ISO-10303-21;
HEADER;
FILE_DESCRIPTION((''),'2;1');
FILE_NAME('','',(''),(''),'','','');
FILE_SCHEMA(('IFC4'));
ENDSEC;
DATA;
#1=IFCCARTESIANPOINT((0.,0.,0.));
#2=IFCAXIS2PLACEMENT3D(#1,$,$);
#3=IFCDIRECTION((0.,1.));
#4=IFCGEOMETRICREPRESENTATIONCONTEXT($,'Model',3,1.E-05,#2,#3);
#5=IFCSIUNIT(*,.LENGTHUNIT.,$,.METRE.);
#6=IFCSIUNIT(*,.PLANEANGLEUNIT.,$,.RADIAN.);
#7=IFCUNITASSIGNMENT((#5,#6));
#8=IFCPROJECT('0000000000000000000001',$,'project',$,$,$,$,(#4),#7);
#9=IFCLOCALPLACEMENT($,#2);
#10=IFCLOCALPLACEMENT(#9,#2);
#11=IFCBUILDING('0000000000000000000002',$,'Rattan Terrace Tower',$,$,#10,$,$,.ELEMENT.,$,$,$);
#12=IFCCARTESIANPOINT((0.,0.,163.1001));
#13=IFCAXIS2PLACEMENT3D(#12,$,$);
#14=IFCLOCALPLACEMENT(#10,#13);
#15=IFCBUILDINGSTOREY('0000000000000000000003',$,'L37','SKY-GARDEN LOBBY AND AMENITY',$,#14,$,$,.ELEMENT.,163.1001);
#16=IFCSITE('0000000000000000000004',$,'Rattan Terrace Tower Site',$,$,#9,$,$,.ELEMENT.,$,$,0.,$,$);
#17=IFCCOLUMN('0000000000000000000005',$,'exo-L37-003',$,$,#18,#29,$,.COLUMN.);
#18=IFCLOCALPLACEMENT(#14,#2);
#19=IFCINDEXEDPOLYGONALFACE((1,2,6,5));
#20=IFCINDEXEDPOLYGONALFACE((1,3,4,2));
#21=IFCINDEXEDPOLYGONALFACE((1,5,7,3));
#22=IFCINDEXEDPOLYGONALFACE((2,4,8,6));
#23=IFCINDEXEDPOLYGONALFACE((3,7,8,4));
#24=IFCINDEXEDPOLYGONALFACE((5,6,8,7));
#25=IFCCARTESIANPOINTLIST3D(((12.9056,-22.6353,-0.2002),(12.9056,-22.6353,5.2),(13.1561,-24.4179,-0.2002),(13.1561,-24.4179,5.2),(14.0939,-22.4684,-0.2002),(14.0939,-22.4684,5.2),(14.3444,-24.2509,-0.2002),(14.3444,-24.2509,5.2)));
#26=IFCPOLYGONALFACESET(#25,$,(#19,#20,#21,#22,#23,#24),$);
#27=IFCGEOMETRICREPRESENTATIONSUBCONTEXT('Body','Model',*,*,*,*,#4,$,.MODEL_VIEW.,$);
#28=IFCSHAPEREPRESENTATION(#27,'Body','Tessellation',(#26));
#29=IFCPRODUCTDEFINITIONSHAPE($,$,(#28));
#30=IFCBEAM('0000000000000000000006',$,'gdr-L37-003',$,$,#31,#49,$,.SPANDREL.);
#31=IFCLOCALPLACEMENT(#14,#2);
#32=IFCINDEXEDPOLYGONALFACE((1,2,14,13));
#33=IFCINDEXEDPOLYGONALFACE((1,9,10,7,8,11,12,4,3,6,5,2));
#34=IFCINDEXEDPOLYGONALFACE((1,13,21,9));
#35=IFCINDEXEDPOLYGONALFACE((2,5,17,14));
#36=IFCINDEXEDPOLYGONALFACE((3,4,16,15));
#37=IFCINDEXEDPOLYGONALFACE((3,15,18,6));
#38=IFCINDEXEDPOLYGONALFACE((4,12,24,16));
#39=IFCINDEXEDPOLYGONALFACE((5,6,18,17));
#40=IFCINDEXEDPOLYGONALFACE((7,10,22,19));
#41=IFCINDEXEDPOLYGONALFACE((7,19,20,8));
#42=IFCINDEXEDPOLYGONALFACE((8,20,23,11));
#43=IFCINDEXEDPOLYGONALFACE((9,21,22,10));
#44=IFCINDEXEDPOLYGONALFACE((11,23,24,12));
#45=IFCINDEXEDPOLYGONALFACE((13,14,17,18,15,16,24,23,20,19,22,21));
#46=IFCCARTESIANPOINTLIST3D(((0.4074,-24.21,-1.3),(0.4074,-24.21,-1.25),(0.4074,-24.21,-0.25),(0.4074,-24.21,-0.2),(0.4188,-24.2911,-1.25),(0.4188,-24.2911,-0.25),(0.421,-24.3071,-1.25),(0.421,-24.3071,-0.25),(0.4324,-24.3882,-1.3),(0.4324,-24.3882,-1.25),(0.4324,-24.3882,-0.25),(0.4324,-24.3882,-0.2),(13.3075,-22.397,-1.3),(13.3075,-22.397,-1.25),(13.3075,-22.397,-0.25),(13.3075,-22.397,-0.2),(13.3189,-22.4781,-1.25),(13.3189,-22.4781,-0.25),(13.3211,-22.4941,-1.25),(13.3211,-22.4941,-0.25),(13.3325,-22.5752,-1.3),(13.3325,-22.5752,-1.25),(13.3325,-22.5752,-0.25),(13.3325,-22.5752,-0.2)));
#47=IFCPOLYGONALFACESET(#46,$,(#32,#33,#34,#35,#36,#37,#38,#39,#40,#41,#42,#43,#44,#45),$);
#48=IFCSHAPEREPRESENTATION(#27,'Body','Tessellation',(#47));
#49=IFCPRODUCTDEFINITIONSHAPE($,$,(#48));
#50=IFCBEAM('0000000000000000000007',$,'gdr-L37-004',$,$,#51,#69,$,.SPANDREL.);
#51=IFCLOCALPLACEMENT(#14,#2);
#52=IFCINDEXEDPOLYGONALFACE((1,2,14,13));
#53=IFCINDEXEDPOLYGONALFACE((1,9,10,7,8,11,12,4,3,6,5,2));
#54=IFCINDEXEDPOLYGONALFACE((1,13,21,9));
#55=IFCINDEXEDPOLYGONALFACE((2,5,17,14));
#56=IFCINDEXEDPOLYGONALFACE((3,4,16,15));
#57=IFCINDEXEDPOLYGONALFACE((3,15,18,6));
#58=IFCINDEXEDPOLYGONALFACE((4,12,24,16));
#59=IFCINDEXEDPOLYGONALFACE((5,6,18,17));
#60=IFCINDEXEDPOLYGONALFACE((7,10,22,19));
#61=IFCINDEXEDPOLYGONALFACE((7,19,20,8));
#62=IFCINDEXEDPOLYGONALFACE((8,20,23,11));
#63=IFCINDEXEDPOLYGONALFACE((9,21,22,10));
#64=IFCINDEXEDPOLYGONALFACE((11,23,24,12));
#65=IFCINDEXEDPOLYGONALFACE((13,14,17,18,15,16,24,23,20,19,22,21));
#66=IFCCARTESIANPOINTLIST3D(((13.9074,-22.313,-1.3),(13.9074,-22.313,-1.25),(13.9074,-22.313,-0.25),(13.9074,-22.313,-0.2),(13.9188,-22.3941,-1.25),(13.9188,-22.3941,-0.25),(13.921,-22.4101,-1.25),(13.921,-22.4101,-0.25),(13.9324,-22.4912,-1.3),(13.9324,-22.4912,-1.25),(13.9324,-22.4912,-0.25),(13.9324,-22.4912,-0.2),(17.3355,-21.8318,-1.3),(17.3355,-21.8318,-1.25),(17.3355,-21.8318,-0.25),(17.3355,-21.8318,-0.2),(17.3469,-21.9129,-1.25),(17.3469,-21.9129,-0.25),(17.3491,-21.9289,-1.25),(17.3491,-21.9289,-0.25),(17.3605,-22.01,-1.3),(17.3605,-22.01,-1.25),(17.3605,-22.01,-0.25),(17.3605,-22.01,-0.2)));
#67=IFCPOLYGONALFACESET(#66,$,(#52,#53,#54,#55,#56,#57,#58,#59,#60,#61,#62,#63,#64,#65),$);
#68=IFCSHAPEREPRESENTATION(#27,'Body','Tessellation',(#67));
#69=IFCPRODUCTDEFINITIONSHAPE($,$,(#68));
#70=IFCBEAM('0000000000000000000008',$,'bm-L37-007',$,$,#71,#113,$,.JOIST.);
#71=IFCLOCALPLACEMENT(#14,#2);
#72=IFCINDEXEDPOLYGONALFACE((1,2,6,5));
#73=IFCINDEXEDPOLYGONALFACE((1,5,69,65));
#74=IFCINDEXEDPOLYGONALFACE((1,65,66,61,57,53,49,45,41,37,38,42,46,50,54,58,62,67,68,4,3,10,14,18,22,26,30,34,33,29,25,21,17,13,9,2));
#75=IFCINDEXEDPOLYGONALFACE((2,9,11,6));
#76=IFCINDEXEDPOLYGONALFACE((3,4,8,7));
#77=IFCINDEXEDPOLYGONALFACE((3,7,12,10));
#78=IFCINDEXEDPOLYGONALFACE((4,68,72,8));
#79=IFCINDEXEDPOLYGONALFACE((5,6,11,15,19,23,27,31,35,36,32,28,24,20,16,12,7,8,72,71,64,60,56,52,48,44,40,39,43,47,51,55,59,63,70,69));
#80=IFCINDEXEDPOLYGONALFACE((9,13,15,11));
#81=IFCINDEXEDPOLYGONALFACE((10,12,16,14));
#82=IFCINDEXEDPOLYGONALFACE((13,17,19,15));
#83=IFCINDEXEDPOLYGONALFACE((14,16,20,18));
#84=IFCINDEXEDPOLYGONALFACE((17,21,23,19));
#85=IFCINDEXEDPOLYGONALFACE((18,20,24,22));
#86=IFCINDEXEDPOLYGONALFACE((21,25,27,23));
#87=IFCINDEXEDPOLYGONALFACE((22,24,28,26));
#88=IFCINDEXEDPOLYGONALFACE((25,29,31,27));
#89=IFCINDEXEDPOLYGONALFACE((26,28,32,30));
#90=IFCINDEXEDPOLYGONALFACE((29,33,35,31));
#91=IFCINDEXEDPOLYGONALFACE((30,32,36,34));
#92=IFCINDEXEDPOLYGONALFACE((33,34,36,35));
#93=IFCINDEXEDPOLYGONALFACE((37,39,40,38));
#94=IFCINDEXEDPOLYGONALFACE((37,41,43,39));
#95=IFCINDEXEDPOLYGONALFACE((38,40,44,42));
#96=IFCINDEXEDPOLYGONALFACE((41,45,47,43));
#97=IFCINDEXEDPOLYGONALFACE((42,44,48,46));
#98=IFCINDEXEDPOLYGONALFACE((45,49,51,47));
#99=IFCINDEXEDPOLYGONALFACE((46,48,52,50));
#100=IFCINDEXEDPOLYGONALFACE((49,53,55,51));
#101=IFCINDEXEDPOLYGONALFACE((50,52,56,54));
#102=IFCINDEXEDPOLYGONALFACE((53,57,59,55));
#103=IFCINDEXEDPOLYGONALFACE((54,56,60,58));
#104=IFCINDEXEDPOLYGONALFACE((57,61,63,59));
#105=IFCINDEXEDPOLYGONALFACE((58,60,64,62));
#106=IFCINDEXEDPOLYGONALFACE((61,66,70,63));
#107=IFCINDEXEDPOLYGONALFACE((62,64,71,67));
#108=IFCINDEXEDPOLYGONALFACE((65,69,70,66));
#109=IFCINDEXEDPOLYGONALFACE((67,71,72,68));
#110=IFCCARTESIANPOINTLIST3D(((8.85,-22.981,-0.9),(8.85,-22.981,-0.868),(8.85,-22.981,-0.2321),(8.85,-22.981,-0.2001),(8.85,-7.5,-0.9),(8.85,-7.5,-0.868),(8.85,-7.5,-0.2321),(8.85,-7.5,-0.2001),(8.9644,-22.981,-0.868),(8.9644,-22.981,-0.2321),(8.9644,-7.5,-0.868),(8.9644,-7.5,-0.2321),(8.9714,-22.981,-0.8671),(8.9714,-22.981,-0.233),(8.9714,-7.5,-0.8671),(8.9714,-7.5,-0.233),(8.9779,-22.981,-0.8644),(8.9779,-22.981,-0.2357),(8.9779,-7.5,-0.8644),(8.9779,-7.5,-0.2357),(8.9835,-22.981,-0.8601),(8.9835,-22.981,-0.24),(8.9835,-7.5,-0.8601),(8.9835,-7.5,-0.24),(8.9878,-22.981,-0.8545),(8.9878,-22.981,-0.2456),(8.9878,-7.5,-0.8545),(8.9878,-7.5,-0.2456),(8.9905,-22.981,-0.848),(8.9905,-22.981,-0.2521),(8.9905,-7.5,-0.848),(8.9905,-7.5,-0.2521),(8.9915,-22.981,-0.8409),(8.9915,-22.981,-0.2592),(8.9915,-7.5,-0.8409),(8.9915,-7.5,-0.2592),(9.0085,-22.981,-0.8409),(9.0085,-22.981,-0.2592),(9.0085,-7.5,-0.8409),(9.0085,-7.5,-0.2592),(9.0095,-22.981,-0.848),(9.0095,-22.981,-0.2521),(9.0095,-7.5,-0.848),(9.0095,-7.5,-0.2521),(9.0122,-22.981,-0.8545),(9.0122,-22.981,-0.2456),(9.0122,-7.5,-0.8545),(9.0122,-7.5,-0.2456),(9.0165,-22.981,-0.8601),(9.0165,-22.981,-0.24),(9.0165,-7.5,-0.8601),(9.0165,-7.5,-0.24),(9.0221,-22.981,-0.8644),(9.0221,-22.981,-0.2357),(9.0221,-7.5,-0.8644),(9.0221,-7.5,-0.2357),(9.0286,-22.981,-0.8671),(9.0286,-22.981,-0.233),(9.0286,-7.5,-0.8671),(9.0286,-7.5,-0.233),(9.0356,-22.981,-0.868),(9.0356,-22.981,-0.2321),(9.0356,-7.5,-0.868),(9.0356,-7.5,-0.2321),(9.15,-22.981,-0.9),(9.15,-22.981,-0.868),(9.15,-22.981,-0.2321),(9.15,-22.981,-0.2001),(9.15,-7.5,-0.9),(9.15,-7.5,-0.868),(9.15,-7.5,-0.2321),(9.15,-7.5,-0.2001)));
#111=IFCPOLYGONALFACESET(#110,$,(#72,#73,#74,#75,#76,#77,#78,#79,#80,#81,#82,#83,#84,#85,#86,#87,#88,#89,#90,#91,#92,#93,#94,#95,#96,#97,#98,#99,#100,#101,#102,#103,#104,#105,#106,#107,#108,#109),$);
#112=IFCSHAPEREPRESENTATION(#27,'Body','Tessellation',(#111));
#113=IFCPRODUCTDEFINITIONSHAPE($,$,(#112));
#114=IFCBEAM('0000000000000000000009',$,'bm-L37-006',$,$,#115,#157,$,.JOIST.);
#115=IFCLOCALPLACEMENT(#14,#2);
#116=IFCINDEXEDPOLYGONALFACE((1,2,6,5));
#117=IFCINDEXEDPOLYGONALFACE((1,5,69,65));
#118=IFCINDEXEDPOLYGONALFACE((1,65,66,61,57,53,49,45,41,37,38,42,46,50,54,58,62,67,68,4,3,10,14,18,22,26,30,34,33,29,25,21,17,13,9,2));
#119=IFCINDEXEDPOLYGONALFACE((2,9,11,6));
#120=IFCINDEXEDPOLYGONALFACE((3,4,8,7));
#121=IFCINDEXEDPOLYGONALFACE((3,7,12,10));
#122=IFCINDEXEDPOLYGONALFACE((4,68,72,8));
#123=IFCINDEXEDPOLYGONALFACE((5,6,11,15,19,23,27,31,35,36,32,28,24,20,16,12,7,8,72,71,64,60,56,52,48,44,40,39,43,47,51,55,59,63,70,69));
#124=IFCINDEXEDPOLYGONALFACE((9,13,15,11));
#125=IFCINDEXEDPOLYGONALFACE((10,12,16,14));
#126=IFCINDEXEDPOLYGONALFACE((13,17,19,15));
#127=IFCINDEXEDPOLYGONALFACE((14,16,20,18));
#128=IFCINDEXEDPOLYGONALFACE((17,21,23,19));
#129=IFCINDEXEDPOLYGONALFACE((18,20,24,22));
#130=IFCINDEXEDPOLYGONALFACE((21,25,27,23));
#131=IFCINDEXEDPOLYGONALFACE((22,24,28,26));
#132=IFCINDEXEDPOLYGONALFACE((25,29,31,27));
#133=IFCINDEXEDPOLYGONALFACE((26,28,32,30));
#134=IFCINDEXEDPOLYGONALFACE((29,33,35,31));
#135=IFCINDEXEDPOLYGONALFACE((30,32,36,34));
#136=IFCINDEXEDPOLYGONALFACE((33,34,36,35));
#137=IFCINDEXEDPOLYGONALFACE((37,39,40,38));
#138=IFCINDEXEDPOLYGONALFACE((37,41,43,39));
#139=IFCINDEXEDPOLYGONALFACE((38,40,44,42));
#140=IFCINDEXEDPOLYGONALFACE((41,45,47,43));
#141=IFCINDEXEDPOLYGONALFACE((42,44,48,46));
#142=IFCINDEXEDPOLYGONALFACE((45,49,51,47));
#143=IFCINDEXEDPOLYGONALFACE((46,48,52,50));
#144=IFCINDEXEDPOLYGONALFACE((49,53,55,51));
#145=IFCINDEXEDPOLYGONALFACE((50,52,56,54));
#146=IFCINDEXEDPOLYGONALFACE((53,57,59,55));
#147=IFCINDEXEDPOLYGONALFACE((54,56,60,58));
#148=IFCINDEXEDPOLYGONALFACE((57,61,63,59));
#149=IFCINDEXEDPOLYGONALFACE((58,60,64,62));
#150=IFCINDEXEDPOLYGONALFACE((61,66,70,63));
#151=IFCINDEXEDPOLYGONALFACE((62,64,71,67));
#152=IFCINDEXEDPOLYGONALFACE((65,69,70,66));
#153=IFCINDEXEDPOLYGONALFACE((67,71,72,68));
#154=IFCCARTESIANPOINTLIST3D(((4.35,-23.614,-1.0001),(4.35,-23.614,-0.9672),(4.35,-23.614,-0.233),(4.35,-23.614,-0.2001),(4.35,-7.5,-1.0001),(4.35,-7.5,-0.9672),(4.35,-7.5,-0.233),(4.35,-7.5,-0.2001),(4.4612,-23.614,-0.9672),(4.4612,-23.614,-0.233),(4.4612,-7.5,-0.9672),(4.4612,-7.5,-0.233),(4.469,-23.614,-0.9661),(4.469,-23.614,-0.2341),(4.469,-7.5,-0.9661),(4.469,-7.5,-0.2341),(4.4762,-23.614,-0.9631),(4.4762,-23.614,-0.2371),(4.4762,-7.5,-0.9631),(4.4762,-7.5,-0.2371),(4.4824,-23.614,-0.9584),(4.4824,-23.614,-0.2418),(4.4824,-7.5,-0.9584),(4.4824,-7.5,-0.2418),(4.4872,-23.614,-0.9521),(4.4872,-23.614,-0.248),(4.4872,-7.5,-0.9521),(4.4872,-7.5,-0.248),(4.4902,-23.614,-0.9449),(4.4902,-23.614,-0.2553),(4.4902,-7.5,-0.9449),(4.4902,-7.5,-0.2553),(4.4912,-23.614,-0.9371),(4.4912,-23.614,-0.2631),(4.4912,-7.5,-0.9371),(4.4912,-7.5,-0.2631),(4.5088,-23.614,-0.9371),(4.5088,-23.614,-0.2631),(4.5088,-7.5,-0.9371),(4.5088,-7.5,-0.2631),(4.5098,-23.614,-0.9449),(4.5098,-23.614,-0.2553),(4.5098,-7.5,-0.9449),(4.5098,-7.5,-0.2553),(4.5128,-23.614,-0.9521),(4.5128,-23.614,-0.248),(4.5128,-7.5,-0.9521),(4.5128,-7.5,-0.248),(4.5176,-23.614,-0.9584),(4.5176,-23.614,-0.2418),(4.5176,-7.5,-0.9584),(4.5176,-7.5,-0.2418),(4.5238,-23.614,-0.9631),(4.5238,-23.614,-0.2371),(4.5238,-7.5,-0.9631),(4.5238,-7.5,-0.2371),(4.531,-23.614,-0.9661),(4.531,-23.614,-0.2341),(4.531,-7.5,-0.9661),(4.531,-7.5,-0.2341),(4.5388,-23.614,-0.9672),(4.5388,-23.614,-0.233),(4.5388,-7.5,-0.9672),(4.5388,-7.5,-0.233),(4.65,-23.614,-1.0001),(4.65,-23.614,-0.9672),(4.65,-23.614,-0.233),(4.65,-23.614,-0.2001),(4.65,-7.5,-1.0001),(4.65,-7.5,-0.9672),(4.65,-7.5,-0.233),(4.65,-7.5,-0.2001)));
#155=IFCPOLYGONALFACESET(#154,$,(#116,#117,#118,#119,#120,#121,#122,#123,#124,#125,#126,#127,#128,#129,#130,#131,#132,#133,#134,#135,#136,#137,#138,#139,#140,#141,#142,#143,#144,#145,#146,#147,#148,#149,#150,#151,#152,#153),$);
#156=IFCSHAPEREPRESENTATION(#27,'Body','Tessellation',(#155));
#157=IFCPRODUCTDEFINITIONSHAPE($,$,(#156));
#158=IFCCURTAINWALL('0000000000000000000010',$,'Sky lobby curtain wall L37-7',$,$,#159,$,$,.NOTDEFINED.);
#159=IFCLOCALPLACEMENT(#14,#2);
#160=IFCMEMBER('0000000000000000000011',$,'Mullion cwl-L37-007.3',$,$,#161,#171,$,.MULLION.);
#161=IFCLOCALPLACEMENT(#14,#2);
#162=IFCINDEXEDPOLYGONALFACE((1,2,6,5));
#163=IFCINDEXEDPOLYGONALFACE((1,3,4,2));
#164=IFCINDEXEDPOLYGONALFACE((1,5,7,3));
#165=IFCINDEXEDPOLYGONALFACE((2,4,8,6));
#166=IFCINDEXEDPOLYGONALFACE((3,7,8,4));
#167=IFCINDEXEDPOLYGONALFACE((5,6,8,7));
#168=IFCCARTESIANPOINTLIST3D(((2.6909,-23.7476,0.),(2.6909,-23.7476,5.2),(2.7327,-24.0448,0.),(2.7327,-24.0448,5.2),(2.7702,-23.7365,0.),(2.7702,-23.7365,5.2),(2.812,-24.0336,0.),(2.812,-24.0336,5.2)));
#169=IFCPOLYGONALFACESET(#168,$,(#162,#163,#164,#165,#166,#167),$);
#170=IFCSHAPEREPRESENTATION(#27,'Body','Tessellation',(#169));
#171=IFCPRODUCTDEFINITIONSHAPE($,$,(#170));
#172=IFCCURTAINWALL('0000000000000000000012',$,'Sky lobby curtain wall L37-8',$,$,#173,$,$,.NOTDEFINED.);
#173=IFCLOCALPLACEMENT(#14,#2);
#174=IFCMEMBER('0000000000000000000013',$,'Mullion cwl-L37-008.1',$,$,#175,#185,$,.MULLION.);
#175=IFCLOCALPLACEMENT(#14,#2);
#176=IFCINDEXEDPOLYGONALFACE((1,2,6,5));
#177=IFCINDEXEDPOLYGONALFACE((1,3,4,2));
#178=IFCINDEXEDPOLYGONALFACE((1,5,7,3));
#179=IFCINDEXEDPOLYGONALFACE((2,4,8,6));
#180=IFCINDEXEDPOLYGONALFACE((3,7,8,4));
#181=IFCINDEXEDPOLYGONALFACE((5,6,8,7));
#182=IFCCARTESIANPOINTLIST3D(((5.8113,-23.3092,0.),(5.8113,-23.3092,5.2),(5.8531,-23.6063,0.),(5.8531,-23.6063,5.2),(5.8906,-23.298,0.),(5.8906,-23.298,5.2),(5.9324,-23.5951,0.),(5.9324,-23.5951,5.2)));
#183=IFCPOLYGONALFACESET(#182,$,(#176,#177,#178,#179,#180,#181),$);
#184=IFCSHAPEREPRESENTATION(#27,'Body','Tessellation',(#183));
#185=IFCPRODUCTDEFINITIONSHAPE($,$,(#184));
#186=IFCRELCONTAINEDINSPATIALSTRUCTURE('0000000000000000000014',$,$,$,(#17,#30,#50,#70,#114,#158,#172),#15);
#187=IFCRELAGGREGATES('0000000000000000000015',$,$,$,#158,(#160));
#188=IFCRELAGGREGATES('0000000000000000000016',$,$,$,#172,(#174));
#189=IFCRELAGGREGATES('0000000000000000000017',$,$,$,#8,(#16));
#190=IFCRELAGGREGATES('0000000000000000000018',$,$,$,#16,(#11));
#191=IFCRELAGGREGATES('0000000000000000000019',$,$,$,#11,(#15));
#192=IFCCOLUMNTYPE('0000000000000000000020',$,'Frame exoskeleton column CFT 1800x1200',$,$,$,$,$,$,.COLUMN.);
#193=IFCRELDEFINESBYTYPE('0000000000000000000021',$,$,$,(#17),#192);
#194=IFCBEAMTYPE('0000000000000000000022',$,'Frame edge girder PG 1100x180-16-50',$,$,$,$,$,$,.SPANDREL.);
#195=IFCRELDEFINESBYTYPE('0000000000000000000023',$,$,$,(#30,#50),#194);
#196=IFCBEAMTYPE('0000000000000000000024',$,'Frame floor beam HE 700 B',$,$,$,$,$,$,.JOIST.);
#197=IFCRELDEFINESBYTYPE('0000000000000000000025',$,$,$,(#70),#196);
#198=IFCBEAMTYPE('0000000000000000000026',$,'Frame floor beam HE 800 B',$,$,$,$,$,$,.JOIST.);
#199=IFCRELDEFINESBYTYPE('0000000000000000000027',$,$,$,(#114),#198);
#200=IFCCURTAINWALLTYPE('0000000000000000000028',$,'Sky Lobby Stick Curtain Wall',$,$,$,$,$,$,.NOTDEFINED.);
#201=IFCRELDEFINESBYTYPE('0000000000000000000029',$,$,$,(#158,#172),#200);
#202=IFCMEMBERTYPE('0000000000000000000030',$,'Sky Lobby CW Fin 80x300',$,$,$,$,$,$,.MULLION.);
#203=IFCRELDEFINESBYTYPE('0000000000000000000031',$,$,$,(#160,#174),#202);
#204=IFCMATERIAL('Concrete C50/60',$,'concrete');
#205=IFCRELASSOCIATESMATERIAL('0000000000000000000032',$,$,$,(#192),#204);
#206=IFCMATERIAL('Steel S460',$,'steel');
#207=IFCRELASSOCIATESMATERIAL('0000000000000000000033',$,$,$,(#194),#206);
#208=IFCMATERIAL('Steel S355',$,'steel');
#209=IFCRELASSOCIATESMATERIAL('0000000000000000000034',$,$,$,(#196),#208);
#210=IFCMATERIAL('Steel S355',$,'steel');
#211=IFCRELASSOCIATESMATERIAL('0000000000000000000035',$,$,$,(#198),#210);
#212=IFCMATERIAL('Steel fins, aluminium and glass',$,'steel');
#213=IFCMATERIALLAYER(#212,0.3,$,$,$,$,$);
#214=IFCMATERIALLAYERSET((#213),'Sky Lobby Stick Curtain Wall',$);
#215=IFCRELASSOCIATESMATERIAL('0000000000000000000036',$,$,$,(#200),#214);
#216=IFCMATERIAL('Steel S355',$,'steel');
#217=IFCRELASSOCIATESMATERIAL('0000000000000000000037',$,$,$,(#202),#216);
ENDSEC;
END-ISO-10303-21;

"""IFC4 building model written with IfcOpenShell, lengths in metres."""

from ifc_helpers import new_model, si_unit, direction, frame, origin, origin_2d, place, context, subcontext, project, spatial, rectangle, i_section, extrude, material, layer, layer_set, material_profile, profile_set, type_object, element, aggregate, save


model = new_model("IFC4")

# Units and contexts
model_context = context("Model", 3, precision=1e-05, world=origin(), true_north=direction((0.0, 1.0)))
body_context = subcontext(model_context, "Body", "Model", "MODEL_VIEW")
ifc_project = project(units=[si_unit("LENGTHUNIT", "METRE"), si_unit("PLANEANGLEUNIT", "RADIAN")], contexts=[model_context])

# Site, building, storey
site_placement = place(None, origin())
site = spatial("IfcSite", under=ifc_project, at=site_placement, Name="Rattan Terrace Tower Site", CompositionType="ELEMENT", RefElevation=0.0)
building_placement = place(site_placement, origin())
building = spatial("IfcBuilding", under=site, at=building_placement, Name="Rattan Terrace Tower", CompositionType="ELEMENT")
storey_placement = place(building_placement, frame((0.0, 0.0, 163.1001)))
storey = spatial("IfcBuildingStorey", under=building, at=storey_placement, Name="L37", Description="SKY-GARDEN LOBBY AND AMENITY", CompositionType="ELEMENT", Elevation=163.1001)

# Column
ifc_material_1 = material(Name="Concrete C50/60", Category="concrete")
ifc_material_profile_1 = material_profile(ifc_material_1, rectangle(XDim=1.2, YDim=1.8, at=origin_2d()), Name="CFT 1800x1200")
ifc_profile_set_1 = profile_set([ifc_material_profile_1], Name="Concrete C50/60")
column_type = type_object("IfcColumnType", Name="Frame exoskeleton column CFT 1800x1200", PredefinedType="COLUMN", material=ifc_profile_set_1)
column_placement = place(storey_placement, frame((13.625, -23.4431, -0.2002), z_axis=(0.0, 0.0, 1.0), x_axis=(0.99027, 0.139156, 0.0)))
element("IfcColumn", 1, at=column_placement, inside=storey, type_object=column_type, Name="exo-L37-003", PredefinedType="COLUMN", context=body_context, shape_type="SweptSolid", body=[
    extrude(rectangle(XDim=1.2, YDim=1.8, at=origin_2d()), origin(), (0.0, 0.0, 1.0), 5.4001),
])

# Beams
ifc_material_2 = material(Name="Steel S460", Category="steel")
ifc_material_profile_2 = material_profile(ifc_material_2, i_section(OverallWidth=0.1799, OverallDepth=1.1001, WebThickness=0.0161, FlangeThickness=0.05, at=origin_2d()), Name="PG 1100x180-16-50")
ifc_profile_set_2 = profile_set([ifc_material_profile_2], Name="Steel S460")
beam_type_1 = type_object("IfcBeamType", Name="Frame edge girder PG 1100x180-16-50", PredefinedType="SPANDREL", material=ifc_profile_set_2)
beam_1_placement = place(storey_placement, frame((0.4199, -24.2991, -0.75), z_axis=(0.990268, 0.139172, 0.0), x_axis=(-0.139172, 0.990268, 0.0)))
element("IfcBeam", 2, at=beam_1_placement, inside=storey, type_object=beam_type_1, Name="gdr-L37-003", PredefinedType="SPANDREL", context=body_context, shape_type="SweptSolid", body=[
    extrude(i_section(OverallWidth=0.1799, OverallDepth=1.1001, WebThickness=0.0161, FlangeThickness=0.05, at=origin_2d()), origin(), (0.0, 0.0, 1.0), 13.0269),
])
beam_2_placement = place(storey_placement, frame((13.9199, -22.4021, -0.75), z_axis=(0.990291, 0.139012, 0.0), x_axis=(-0.139012, 0.990291, 0.0)))
element("IfcBeam", 3, at=beam_2_placement, inside=storey, type_object=beam_type_1, Name="gdr-L37-004", PredefinedType="SPANDREL", context=body_context, shape_type="SweptSolid", body=[
    extrude(i_section(OverallWidth=0.1799, OverallDepth=1.1001, WebThickness=0.0161, FlangeThickness=0.05, at=origin_2d()), origin(), (0.0, 0.0, 1.0), 3.4617),
])
ifc_material_3 = material(Name="Steel S355", Category="steel")
ifc_material_profile_3 = material_profile(ifc_material_3, i_section(OverallWidth=0.3, OverallDepth=0.7, WebThickness=0.0171, FlangeThickness=0.032, FilletRadius=0.0271, at=origin_2d()), Name="HE 700 B")
ifc_profile_set_3 = profile_set([ifc_material_profile_3], Name="Steel S355")
beam_type_2 = type_object("IfcBeamType", Name="Frame floor beam HE 700 B", PredefinedType="JOIST", material=ifc_profile_set_3)
beam_3_placement = place(storey_placement, frame((9.0, -22.981, -0.55), z_axis=(0.0, 1.0, 0.0), x_axis=(-1.0, 0.0, 0.0)))
element("IfcBeam", 4, at=beam_3_placement, inside=storey, type_object=beam_type_2, Name="bm-L37-007", PredefinedType="JOIST", context=body_context, shape_type="SweptSolid", body=[
    extrude(i_section(OverallWidth=0.3, OverallDepth=0.7, WebThickness=0.0171, FlangeThickness=0.032, FilletRadius=0.0271, at=origin_2d()), origin(), (0.0, 0.0, 1.0), 15.481),
])
ifc_material_4 = material(Name="Steel S355", Category="steel")
ifc_material_profile_4 = material_profile(ifc_material_4, i_section(OverallWidth=0.3, OverallDepth=0.8, WebThickness=0.0176, FlangeThickness=0.033, FilletRadius=0.03, at=origin_2d()), Name="HE 800 B")
ifc_profile_set_4 = profile_set([ifc_material_profile_4], Name="Steel S355")
beam_type_3 = type_object("IfcBeamType", Name="Frame floor beam HE 800 B", PredefinedType="JOIST", material=ifc_profile_set_4)
beam_4_placement = place(storey_placement, frame((4.5, -23.614, -0.6001), z_axis=(0.0, 1.0, 0.0), x_axis=(-1.0, 0.0, 0.0)))
element("IfcBeam", 5, at=beam_4_placement, inside=storey, type_object=beam_type_3, Name="bm-L37-006", PredefinedType="JOIST", context=body_context, shape_type="SweptSolid", body=[
    extrude(i_section(OverallWidth=0.3, OverallDepth=0.8, WebThickness=0.0176, FlangeThickness=0.033, FilletRadius=0.03, at=origin_2d()), origin(), (0.0, 0.0, 1.0), 16.114),
])

# Curtain wall, member
ifc_material_5 = material(Name="Steel fins, aluminium and glass", Category="steel")
ifc_layer_1 = layer(ifc_material_5, 0.3)
ifc_layer_set_1 = layer_set([ifc_layer_1], Name="Sky Lobby Stick Curtain Wall")
curtain_wall_type = type_object("IfcCurtainWallType", Name="Sky Lobby Stick Curtain Wall", PredefinedType="NOTDEFINED", material=ifc_layer_set_1)
curtain_wall_1_placement = place(storey_placement, origin())
curtain_wall_1 = element("IfcCurtainWall", 6, at=curtain_wall_1_placement, inside=storey, type_object=curtain_wall_type, Name="Sky lobby curtain wall L37-7", PredefinedType="NOTDEFINED")
ifc_material_6 = material(Name="Steel S355", Category="steel")
ifc_material_profile_5 = material_profile(ifc_material_6, rectangle(XDim=0.0801, YDim=0.3, at=origin_2d()), Name="Steel S355 80x300")
ifc_profile_set_5 = profile_set([ifc_material_profile_5], Name="Steel S355")
member_type_1 = type_object("IfcMemberType", Name="Sky Lobby CW Fin 80x300", PredefinedType="MULLION", material=ifc_profile_set_5)
member_1_placement = place(storey_placement, frame((2.7515, -23.8906, 0.0), z_axis=(0.0, 0.0, 1.0), x_axis=(0.99027, 0.139161, 0.0)))
member_1 = element("IfcMember", 7, at=member_1_placement, type_object=member_type_1, Name="Mullion cwl-L37-007.3", PredefinedType="MULLION", context=body_context, shape_type="SweptSolid", body=[
    extrude(rectangle(XDim=0.0801, YDim=0.3, at=origin_2d()), origin(), (0.0, 0.0, 1.0), 5.2),
])

# Curtain wall, member
curtain_wall_2_placement = place(storey_placement, origin())
curtain_wall_2 = element("IfcCurtainWall", 8, at=curtain_wall_2_placement, inside=storey, type_object=curtain_wall_type, Name="Sky lobby curtain wall L37-8", PredefinedType="NOTDEFINED")
member_2_placement = place(storey_placement, frame((5.8718, -23.4521, 0.0), z_axis=(0.0, 0.0, 1.0), x_axis=(0.99027, 0.139161, 0.0)))
member_2 = element("IfcMember", 9, at=member_2_placement, type_object=member_type_1, Name="Mullion cwl-L37-008.1", PredefinedType="MULLION", context=body_context, shape_type="SweptSolid", body=[
    extrude(rectangle(XDim=0.0801, YDim=0.3, at=origin_2d()), origin(), (0.0, 0.0, 1.0), 5.2),
])

aggregate(curtain_wall_1, [member_1])
aggregate(curtain_wall_2, [member_2])

save(model, "model.ifc")
